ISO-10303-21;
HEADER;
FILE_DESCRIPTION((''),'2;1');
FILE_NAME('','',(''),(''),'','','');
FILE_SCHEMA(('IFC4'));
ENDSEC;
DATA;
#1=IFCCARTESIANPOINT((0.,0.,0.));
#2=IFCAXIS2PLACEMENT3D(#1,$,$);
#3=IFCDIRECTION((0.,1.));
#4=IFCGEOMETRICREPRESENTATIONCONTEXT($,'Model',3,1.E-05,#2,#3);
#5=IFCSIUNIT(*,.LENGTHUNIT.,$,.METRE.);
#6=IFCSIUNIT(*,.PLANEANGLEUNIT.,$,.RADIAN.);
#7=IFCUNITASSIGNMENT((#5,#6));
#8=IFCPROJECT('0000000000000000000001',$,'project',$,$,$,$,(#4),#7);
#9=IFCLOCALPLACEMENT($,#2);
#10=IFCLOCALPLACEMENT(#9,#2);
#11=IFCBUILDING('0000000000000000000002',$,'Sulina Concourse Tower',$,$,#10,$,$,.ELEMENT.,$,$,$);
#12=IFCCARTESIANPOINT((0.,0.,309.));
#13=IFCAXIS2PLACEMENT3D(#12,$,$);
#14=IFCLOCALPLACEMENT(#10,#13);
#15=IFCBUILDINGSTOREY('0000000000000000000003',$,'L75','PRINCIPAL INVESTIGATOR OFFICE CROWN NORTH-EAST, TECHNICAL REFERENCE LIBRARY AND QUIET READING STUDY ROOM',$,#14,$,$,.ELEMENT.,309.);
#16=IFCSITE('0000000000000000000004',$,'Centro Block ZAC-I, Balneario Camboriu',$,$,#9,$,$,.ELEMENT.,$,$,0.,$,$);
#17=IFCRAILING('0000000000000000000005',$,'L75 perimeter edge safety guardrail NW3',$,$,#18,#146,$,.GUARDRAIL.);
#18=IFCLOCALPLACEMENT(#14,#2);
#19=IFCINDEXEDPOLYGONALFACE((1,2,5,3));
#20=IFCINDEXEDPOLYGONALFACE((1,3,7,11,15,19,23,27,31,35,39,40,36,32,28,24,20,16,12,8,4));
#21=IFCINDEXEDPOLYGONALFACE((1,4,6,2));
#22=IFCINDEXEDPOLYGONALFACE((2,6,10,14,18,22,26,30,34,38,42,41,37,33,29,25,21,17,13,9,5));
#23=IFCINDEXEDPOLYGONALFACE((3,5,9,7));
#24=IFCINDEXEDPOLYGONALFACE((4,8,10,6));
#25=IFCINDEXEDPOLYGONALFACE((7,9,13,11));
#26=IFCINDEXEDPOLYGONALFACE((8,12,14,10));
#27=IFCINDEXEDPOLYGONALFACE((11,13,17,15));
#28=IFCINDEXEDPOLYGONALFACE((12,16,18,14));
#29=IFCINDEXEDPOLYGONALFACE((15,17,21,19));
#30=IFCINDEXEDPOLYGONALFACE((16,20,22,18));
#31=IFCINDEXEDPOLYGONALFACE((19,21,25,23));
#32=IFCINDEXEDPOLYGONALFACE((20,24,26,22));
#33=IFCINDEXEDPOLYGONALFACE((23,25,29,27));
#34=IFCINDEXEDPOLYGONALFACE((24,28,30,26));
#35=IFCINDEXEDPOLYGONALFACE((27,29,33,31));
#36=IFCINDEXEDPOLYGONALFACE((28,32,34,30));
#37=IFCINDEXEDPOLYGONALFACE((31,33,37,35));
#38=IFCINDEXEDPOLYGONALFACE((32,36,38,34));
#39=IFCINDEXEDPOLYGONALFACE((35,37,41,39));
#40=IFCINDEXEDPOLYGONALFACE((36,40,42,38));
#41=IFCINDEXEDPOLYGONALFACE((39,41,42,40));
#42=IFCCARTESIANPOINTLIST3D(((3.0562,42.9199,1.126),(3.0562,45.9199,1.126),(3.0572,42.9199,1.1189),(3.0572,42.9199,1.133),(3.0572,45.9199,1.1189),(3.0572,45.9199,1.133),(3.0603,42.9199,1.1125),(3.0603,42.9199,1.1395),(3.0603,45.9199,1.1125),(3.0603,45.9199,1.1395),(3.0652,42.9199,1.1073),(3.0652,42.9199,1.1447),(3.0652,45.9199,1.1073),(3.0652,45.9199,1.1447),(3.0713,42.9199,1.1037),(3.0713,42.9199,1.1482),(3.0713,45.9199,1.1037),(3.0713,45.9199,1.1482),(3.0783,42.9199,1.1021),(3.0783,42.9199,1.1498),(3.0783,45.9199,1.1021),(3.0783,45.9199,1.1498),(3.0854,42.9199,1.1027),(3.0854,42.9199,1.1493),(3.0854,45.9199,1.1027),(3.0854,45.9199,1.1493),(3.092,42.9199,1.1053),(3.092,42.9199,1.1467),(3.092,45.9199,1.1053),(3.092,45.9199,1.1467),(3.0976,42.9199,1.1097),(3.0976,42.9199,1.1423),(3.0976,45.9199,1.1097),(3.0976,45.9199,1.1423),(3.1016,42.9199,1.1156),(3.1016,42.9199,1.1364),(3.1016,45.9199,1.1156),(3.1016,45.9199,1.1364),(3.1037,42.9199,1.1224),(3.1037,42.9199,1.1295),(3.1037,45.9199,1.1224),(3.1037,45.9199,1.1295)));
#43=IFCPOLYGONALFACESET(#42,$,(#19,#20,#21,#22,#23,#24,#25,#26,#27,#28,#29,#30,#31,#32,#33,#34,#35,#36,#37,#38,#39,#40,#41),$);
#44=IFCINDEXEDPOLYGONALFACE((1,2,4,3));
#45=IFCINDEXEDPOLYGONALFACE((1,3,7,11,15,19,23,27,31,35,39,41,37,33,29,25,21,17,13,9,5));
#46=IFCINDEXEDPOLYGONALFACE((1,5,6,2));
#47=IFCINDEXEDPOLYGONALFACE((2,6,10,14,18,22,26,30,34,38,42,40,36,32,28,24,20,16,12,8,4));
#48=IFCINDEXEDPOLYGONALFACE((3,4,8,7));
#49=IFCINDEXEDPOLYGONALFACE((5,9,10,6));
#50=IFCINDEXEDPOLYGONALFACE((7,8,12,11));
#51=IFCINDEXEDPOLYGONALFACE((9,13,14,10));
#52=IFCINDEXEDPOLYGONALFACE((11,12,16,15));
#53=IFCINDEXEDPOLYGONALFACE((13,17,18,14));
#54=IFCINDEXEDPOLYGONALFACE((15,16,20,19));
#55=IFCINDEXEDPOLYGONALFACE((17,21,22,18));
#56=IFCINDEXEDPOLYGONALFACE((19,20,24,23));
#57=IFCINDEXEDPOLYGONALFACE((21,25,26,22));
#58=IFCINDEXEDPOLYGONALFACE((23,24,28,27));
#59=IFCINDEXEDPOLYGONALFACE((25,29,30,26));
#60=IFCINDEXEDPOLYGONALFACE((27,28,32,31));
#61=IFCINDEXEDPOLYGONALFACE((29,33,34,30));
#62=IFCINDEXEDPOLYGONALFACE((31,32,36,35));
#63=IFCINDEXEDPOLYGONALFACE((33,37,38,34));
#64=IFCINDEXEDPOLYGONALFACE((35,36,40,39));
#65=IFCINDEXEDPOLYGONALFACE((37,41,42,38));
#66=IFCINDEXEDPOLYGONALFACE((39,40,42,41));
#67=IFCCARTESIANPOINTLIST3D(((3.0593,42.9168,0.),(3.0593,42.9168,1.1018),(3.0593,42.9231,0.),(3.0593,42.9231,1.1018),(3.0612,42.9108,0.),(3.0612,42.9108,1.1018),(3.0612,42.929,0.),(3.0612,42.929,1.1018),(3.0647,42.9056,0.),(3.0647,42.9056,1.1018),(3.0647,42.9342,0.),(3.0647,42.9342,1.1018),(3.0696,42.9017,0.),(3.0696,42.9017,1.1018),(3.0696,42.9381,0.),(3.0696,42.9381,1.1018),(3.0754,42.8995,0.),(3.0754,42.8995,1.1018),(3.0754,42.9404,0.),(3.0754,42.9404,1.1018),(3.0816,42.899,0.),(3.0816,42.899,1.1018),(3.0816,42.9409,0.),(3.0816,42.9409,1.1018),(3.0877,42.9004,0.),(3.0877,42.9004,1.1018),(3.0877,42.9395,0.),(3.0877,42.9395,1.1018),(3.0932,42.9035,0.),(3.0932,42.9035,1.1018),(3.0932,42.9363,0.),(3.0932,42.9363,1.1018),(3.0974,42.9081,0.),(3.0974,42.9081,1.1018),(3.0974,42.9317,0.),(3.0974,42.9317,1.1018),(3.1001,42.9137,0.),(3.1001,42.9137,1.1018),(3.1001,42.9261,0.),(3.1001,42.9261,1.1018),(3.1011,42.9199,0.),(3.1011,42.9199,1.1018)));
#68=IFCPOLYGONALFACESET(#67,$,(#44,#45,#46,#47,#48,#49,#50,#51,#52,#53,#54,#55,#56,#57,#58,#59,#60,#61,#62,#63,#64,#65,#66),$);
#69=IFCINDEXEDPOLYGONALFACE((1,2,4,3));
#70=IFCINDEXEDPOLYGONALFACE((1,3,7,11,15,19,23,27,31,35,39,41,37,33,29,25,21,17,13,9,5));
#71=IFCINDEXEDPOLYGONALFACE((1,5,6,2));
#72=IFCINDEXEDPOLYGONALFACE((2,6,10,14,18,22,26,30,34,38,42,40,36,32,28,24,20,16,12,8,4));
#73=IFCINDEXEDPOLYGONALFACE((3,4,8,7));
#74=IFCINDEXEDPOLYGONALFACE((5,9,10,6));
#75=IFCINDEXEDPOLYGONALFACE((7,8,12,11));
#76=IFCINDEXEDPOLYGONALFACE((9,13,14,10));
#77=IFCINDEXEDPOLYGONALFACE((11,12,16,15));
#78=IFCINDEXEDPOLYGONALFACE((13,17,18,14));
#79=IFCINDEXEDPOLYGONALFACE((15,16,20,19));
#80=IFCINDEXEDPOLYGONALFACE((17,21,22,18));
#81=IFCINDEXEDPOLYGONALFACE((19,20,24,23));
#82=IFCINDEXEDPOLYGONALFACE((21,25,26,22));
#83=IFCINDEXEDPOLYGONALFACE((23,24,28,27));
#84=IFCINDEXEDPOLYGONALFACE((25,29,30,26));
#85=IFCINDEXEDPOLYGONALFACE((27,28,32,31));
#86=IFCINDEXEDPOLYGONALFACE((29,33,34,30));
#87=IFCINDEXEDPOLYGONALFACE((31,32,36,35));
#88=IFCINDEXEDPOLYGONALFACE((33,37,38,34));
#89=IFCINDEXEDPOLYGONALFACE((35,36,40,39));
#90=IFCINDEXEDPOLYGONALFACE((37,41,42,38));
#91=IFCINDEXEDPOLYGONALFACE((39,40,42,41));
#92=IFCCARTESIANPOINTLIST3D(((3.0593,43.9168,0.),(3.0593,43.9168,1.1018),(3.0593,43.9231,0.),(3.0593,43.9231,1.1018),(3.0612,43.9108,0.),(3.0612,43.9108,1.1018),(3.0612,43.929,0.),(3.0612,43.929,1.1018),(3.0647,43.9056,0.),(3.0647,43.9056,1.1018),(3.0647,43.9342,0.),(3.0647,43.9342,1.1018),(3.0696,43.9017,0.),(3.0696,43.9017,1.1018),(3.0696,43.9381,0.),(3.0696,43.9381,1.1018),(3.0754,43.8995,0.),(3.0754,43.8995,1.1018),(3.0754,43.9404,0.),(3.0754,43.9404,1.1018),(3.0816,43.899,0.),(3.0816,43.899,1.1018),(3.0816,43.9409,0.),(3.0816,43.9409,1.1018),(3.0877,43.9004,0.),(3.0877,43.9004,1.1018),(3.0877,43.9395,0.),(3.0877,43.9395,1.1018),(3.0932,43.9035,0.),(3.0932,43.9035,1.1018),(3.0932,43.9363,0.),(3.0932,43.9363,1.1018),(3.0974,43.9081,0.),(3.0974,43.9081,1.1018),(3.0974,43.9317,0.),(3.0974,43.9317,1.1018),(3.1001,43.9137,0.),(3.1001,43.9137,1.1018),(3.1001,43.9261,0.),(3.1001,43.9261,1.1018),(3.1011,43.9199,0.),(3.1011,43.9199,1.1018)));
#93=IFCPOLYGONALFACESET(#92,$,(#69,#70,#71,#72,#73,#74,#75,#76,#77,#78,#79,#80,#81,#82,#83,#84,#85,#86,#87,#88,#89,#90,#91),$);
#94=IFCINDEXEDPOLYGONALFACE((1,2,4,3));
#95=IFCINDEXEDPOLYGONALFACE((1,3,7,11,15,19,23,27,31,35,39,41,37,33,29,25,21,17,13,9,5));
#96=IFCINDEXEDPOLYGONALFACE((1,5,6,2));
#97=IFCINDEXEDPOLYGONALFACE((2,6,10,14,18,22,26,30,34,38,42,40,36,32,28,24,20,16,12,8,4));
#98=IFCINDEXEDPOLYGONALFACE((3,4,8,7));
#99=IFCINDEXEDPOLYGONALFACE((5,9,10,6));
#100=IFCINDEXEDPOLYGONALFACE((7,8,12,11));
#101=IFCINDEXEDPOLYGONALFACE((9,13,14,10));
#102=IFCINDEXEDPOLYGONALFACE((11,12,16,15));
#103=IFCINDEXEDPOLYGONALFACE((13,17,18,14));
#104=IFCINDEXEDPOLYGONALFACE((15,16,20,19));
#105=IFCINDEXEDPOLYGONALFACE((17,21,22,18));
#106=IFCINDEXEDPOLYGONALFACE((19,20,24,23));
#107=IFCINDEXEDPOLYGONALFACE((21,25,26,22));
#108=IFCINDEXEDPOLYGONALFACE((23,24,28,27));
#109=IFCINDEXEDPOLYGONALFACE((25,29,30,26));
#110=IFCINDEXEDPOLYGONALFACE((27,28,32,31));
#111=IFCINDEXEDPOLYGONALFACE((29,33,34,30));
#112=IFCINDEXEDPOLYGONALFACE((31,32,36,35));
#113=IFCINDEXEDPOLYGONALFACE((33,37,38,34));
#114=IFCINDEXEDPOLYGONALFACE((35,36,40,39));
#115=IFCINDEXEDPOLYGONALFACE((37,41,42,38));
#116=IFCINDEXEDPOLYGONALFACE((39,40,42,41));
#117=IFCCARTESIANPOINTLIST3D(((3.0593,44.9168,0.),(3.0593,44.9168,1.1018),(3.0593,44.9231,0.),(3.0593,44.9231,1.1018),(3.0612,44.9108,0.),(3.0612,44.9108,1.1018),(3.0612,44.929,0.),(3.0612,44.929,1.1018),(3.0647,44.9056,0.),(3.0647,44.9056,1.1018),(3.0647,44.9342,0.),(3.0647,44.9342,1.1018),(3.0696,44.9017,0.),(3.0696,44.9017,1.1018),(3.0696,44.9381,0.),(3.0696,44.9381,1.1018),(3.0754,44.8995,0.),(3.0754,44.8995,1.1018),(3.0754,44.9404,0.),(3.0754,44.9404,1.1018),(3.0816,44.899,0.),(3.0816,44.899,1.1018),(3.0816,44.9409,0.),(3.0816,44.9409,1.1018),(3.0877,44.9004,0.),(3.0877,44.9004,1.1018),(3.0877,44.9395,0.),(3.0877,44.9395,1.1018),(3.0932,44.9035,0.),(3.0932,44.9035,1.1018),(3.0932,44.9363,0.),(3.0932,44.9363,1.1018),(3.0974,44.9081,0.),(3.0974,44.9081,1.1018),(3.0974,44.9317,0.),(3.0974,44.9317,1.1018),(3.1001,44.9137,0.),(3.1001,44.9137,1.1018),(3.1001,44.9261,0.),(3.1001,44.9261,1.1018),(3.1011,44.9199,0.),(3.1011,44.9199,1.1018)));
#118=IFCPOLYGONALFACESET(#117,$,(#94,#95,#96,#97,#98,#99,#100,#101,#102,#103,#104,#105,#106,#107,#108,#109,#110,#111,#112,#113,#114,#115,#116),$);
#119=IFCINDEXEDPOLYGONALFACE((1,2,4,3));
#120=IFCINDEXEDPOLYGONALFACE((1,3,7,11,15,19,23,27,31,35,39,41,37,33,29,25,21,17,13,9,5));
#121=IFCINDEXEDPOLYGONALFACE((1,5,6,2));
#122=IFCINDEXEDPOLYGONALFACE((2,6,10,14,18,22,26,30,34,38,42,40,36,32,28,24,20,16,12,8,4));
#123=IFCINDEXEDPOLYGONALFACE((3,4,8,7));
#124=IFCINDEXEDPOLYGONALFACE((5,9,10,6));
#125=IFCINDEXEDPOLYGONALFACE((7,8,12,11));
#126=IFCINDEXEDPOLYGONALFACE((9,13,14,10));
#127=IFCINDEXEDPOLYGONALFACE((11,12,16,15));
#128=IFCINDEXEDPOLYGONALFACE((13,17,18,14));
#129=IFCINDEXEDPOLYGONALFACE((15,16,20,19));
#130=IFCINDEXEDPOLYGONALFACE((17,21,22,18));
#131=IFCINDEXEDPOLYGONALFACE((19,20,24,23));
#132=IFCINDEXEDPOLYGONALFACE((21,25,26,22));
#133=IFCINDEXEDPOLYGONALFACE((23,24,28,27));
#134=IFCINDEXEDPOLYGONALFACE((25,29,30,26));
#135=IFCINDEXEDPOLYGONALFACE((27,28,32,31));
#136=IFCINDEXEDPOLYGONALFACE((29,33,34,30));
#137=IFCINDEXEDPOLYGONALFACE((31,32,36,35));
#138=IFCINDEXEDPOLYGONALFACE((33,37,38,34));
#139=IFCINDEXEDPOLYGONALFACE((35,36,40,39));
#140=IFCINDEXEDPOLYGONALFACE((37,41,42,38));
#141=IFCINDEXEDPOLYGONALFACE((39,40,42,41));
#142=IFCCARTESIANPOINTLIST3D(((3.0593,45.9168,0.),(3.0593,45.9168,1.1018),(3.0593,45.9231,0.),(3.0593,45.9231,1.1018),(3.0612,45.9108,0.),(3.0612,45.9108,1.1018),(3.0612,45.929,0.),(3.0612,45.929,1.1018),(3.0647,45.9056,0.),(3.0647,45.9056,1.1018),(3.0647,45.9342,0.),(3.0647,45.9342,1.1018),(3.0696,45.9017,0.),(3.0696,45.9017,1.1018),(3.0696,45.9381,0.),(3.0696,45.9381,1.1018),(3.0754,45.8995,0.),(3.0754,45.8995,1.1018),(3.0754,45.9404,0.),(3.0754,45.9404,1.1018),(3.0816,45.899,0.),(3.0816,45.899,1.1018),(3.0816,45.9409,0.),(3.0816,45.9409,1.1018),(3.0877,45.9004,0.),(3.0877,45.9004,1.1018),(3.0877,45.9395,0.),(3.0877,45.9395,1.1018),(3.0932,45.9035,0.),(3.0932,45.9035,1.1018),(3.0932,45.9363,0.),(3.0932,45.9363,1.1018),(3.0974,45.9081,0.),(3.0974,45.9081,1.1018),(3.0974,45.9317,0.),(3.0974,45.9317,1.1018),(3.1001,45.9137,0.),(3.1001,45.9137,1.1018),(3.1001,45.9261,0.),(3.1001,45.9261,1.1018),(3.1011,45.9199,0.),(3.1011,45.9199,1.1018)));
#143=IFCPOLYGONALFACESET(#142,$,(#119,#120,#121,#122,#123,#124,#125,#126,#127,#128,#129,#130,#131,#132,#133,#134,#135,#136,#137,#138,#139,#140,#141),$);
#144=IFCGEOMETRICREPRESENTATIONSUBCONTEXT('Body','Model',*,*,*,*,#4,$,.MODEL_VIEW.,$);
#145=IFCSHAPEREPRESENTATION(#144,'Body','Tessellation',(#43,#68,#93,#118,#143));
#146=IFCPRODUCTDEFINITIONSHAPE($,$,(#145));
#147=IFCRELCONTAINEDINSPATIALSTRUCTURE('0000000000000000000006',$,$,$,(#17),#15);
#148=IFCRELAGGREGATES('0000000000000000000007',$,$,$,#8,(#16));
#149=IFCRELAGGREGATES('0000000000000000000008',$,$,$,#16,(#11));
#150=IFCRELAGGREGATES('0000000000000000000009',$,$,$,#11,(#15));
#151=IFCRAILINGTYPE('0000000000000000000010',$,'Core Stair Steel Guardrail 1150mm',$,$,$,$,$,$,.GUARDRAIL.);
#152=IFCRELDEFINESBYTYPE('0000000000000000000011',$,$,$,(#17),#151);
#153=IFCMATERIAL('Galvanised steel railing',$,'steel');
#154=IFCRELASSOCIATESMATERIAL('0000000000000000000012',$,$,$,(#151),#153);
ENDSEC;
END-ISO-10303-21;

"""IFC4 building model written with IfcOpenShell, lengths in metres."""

from ifc_helpers import new_model, si_unit, direction, frame, origin, origin_2d, place, context, subcontext, project, spatial, circle, extrude, material, type_object, element, save


model = new_model("IFC4")

# Units and contexts
model_context = context("Model", 3, precision=1e-05, world=origin(), true_north=direction((0.0, 1.0)))
body_context = subcontext(model_context, "Body", "Model", "MODEL_VIEW")
ifc_project = project(units=[si_unit("LENGTHUNIT", "METRE"), si_unit("PLANEANGLEUNIT", "RADIAN")], contexts=[model_context])

# Site, building, storey
site_placement = place(None, origin())
site = spatial("IfcSite", under=ifc_project, at=site_placement, Name="Centro Block ZAC-I, Balneario Camboriu", CompositionType="ELEMENT", RefElevation=0.0)
building_placement = place(site_placement, origin())
building = spatial("IfcBuilding", under=site, at=building_placement, Name="Sulina Concourse Tower", CompositionType="ELEMENT")
storey_placement = place(building_placement, frame((0.0, 0.0, 309.0)))
storey = spatial("IfcBuildingStorey", under=building, at=storey_placement, Name="L75", Description="PRINCIPAL INVESTIGATOR OFFICE CROWN NORTH-EAST, TECHNICAL REFERENCE LIBRARY AND QUIET READING STUDY ROOM", CompositionType="ELEMENT", Elevation=309.0)

# Railing
ifc_material_1 = material(Name="Galvanised steel railing", Category="steel")
railing_type_1 = type_object("IfcRailingType", Name="Core Stair Steel Guardrail 1150mm", PredefinedType="GUARDRAIL", material=ifc_material_1)
railing_1_placement = place(storey_placement, frame((3.0801, 42.9199, 0.0)))
element("IfcRailing", 1, at=railing_1_placement, inside=storey, type_object=railing_type_1, Name="L75 perimeter edge safety guardrail NW3", PredefinedType="GUARDRAIL", context=body_context, shape_type="SweptSolid", body=[
    extrude(circle(Radius=0.0239, at=origin_2d()), frame((0.0, 0.0, 1.126), z_axis=(0.0, 1.0, 0.0), x_axis=(-1.0, 0.0, 0.0)), (0.0, 0.0, 1.0), 3.0),
    extrude(circle(Radius=0.021, at=origin_2d()), origin(), (0.0, 0.0, 1.0), 1.1018),
    extrude(circle(Radius=0.021, at=origin_2d()), frame((0.0, 1.0, 0.0)), (0.0, 0.0, 1.0), 1.1018),
    extrude(circle(Radius=0.021, at=origin_2d()), frame((0.0, 2.0, 0.0)), (0.0, 0.0, 1.0), 1.1018),
    extrude(circle(Radius=0.021, at=origin_2d()), frame((0.0, 3.0, 0.0)), (0.0, 0.0, 1.0), 1.1018),
])

save(model, "model.ifc")
